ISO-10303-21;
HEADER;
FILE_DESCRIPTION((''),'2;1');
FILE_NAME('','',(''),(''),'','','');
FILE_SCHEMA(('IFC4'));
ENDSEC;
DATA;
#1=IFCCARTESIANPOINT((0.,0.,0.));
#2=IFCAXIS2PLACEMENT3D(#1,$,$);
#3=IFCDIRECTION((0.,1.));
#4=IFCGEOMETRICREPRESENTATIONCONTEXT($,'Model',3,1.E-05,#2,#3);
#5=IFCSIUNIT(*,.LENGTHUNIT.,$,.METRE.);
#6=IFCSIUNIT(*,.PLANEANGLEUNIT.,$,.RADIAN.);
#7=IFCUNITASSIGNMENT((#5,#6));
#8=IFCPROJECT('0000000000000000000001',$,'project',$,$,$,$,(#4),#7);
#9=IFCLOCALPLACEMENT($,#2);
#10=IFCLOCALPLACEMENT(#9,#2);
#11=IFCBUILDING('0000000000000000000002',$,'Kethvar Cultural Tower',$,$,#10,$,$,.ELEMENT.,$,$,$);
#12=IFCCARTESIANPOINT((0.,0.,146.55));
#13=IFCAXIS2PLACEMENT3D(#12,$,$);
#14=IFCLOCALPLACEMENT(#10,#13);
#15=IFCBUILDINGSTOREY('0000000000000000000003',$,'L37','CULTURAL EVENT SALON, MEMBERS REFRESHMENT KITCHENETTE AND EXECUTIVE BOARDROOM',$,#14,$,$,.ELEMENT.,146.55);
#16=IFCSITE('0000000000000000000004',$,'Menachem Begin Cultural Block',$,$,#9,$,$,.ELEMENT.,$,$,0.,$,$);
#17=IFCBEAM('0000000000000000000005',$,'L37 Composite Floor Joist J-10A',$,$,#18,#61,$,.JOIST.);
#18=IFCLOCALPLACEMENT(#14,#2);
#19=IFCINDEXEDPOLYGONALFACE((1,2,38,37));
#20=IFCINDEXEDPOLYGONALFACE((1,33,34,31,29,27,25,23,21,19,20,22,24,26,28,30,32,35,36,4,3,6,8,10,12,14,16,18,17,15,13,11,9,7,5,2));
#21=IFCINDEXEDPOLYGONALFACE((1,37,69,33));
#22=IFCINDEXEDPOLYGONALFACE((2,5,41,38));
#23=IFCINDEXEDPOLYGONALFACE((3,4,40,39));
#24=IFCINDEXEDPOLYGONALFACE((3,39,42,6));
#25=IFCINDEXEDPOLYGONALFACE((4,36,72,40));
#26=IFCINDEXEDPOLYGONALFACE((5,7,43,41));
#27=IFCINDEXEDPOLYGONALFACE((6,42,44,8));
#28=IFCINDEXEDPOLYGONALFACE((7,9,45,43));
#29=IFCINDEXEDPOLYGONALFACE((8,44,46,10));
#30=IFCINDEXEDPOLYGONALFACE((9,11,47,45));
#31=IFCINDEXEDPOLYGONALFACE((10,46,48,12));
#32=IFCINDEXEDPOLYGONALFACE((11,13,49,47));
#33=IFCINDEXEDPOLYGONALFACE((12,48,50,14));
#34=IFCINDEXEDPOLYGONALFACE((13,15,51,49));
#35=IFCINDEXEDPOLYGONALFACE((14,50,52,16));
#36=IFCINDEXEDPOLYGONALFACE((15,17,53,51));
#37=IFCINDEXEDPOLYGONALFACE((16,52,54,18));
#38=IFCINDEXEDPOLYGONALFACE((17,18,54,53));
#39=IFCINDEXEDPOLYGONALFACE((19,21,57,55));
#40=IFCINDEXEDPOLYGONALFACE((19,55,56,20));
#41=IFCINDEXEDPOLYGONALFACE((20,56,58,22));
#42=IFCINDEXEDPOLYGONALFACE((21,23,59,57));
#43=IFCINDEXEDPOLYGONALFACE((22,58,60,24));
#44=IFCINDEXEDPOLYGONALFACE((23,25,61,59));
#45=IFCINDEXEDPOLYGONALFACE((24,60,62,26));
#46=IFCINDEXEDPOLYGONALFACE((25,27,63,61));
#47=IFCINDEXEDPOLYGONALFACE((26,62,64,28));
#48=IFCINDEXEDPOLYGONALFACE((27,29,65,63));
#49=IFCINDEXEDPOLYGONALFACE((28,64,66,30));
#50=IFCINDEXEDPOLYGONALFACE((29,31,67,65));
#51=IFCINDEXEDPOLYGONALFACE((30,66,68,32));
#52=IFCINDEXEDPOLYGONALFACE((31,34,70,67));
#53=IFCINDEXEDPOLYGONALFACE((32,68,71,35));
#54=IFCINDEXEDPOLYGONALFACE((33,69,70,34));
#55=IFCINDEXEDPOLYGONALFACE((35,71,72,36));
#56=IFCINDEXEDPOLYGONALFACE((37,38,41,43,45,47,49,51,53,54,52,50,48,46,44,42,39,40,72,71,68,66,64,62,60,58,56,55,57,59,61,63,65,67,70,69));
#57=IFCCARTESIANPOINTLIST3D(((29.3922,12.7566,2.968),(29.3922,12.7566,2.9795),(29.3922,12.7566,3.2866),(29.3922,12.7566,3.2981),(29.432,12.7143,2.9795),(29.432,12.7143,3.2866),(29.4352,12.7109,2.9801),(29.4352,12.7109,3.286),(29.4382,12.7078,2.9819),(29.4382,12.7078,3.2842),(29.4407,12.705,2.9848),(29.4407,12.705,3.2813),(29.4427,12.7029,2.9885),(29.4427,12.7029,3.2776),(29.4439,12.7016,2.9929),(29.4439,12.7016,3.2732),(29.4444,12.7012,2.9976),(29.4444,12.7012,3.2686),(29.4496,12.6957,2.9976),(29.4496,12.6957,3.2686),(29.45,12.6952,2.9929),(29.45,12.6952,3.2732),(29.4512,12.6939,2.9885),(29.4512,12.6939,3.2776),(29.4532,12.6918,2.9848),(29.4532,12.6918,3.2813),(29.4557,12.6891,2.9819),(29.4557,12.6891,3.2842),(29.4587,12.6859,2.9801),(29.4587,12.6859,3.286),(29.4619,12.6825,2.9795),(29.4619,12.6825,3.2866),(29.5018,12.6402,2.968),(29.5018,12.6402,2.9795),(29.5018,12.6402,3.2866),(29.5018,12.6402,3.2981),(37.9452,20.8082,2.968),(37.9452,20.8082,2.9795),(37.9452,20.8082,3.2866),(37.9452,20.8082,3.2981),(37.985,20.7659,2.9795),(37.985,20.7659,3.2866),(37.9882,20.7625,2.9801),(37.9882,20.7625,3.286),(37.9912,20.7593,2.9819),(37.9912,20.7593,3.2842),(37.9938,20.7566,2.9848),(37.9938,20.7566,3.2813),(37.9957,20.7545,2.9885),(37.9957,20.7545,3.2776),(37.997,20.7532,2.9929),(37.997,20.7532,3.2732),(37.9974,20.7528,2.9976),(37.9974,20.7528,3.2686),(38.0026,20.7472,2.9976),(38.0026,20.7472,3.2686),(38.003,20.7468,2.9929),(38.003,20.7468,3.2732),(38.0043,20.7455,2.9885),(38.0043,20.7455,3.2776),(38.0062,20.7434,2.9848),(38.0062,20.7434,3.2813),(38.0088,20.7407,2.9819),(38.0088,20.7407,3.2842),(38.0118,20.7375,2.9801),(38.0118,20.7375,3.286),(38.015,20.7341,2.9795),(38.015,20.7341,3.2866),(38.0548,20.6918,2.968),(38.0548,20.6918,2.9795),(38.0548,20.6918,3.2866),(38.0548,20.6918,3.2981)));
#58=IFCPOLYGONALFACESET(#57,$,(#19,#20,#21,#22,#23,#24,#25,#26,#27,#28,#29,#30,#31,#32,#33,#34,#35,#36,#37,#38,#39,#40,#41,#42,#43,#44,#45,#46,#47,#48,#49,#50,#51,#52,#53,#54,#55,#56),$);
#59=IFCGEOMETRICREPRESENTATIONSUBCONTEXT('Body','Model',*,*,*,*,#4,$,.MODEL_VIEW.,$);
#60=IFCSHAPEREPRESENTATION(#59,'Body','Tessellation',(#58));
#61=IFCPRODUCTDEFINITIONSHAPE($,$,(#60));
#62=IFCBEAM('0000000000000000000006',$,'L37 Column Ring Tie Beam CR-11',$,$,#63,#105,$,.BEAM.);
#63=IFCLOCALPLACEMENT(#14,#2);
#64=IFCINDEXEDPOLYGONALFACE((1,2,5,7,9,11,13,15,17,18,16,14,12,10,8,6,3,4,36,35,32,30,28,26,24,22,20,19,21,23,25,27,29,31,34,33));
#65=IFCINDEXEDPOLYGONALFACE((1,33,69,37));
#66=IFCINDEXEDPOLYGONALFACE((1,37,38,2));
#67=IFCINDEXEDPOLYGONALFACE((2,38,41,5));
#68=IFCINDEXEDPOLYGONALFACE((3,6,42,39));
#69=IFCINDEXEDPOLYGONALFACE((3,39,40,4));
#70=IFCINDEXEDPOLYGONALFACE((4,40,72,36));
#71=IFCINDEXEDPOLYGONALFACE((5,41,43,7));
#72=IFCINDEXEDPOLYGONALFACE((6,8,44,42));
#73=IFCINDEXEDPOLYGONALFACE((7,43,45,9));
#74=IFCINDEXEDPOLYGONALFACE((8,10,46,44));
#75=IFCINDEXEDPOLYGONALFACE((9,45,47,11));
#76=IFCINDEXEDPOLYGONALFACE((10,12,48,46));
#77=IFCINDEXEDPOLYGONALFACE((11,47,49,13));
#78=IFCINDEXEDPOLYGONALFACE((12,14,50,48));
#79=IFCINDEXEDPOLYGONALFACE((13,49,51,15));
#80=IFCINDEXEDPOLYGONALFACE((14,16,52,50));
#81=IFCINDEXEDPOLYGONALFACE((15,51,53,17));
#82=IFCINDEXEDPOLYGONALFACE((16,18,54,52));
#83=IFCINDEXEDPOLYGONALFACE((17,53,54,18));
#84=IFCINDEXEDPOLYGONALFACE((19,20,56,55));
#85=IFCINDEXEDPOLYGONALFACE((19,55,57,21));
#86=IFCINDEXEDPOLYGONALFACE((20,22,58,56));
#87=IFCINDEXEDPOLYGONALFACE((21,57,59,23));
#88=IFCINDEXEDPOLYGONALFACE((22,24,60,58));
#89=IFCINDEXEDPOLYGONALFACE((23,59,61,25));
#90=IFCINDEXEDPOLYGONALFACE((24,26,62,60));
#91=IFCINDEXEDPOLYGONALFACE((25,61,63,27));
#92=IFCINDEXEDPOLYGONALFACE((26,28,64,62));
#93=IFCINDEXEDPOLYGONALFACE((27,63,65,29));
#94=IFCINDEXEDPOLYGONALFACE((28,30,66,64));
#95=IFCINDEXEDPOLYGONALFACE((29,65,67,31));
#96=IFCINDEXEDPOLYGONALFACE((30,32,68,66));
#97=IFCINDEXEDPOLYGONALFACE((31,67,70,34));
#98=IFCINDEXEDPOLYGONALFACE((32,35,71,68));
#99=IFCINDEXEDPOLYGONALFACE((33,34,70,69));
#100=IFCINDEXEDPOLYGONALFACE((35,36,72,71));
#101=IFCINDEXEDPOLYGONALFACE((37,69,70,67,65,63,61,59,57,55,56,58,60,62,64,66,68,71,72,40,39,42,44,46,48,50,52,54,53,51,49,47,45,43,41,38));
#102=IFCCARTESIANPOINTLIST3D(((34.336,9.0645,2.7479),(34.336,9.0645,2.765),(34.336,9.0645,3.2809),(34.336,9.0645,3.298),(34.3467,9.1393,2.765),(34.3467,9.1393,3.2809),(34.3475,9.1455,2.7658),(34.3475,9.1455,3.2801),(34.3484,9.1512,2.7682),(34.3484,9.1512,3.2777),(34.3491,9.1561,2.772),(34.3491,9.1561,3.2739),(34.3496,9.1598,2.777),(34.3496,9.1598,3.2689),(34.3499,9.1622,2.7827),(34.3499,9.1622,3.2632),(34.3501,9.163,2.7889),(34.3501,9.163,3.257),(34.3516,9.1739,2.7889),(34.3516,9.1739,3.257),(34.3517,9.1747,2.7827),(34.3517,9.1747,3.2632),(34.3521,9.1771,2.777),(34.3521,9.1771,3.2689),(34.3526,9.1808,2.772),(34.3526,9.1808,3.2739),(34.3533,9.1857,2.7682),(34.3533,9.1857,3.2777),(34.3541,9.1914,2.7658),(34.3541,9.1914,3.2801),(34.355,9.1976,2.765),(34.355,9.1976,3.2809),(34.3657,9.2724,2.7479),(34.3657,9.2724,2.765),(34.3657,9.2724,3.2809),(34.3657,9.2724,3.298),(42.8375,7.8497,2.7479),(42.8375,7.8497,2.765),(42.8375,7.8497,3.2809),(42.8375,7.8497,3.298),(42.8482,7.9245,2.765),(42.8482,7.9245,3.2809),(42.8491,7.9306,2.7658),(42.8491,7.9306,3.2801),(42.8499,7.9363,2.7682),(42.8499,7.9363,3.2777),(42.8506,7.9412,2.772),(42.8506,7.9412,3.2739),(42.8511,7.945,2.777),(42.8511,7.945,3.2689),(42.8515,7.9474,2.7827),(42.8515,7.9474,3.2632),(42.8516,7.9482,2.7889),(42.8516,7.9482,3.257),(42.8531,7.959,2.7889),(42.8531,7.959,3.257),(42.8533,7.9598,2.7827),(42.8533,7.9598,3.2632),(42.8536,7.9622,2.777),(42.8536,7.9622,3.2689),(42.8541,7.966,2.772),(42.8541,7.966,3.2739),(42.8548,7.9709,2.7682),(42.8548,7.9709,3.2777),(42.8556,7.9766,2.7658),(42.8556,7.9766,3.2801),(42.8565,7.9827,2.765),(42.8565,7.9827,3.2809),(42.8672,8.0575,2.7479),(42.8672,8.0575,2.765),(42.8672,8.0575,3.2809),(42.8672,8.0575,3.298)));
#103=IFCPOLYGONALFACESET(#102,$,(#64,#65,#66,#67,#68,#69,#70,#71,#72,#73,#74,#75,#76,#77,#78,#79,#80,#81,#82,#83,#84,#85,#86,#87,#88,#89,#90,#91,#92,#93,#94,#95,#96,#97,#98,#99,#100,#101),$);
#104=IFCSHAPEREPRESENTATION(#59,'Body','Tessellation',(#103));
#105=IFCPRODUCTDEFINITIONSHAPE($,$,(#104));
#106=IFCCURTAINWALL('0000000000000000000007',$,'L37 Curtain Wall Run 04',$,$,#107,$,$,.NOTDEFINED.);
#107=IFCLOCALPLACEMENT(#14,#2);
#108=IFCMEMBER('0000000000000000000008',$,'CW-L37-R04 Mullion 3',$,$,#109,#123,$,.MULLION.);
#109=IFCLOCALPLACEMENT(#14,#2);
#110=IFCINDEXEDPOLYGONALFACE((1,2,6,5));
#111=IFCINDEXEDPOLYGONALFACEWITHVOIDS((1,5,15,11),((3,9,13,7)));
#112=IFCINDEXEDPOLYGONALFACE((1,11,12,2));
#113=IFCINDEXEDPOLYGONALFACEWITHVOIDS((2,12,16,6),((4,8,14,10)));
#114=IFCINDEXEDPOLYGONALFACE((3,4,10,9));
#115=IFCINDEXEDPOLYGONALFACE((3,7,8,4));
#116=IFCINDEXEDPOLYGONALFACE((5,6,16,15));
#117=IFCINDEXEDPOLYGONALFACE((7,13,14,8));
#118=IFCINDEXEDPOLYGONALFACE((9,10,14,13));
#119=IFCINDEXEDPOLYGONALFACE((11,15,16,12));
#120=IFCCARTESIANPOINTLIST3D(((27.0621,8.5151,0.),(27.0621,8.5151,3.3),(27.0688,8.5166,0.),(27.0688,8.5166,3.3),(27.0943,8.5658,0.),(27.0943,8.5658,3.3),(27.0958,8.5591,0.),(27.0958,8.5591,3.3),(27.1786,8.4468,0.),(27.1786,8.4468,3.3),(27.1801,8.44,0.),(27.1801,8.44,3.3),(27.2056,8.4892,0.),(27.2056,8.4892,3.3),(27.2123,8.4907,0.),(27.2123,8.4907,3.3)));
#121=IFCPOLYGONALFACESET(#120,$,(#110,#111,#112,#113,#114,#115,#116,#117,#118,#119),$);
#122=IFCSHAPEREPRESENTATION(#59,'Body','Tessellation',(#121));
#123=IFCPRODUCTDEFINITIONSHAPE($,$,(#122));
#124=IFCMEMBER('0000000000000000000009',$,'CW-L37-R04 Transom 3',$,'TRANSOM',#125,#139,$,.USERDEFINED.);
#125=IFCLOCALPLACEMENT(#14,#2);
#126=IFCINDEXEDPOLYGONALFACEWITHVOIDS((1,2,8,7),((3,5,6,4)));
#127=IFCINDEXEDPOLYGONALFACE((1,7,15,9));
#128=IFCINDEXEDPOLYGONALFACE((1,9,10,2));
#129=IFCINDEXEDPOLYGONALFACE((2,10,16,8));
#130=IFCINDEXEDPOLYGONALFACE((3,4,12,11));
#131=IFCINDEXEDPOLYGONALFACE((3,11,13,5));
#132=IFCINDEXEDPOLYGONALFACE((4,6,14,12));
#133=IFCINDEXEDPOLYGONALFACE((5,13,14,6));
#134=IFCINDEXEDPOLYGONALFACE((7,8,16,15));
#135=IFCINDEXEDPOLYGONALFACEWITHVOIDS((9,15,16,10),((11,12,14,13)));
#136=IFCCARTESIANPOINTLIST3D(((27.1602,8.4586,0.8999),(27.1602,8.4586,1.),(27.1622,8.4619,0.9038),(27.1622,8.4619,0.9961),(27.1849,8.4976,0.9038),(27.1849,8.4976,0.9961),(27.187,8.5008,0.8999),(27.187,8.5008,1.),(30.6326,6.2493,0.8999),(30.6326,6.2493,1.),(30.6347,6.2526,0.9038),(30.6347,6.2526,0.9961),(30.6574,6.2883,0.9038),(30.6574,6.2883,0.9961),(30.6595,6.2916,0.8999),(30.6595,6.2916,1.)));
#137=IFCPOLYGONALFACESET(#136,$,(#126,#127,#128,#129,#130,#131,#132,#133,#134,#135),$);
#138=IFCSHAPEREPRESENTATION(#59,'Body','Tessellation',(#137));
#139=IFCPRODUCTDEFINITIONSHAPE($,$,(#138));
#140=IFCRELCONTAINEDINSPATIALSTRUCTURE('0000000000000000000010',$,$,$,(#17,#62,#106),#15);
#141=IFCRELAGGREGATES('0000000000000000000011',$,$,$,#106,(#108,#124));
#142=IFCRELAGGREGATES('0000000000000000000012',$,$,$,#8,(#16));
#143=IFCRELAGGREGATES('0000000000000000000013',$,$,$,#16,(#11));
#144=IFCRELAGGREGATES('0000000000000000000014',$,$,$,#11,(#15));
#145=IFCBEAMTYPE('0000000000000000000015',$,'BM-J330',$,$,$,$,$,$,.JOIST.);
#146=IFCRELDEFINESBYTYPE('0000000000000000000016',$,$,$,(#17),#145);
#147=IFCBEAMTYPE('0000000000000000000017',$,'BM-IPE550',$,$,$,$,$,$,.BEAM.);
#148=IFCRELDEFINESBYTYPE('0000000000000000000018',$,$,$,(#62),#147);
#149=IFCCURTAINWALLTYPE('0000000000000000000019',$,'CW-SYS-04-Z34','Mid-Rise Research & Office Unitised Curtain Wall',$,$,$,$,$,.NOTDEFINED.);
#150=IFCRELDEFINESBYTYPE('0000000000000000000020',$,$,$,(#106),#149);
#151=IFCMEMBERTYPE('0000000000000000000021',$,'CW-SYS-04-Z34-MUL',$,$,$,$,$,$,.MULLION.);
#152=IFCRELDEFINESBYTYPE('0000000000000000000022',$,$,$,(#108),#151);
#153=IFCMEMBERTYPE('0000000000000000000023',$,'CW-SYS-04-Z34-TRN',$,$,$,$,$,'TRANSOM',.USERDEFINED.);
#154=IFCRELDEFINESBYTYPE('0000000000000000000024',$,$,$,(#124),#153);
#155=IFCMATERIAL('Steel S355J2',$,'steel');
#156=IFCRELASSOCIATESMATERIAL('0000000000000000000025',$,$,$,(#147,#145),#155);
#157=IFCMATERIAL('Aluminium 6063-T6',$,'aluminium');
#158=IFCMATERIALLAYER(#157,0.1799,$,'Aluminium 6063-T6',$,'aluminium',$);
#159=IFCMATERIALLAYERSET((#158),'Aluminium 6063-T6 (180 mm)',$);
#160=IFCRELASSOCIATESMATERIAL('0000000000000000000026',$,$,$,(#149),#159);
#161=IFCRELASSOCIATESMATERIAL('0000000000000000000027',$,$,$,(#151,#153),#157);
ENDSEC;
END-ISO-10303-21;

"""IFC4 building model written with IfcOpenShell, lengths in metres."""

from ifc_helpers import new_model, si_unit, direction, frame, origin, origin_2d, place, context, subcontext, project, spatial, hollow_rectangle, i_section, extrude, source, transform, mapped, material, layer, layer_set, material_profile, profile_set, type_object, element, aggregate, save


model = new_model("IFC4")

# Units and contexts
model_context = context("Model", 3, precision=1e-05, world=origin(), true_north=direction((0.0, 1.0)))
body_context = subcontext(model_context, "Body", "Model", "MODEL_VIEW")
ifc_project = project(units=[si_unit("LENGTHUNIT", "METRE"), si_unit("PLANEANGLEUNIT", "RADIAN")], contexts=[model_context])

# Site, building, storey
site_placement = place(None, origin())
site = spatial("IfcSite", under=ifc_project, at=site_placement, Name="Menachem Begin Cultural Block", CompositionType="ELEMENT", RefElevation=0.0)
building_placement = place(site_placement, origin())
building = spatial("IfcBuilding", under=site, at=building_placement, Name="Kethvar Cultural Tower", CompositionType="ELEMENT")
storey_placement = place(building_placement, frame((0.0, 0.0, 146.55)))
storey = spatial("IfcBuildingStorey", under=building, at=storey_placement, Name="L37", Description="CULTURAL EVENT SALON, MEMBERS REFRESHMENT KITCHENETTE AND EXECUTIVE BOARDROOM", CompositionType="ELEMENT", Elevation=146.55)

# Beams
ifc_material_1 = material(Name="Steel S355J2", Category="steel")
ifc_material_profile_1 = material_profile(ifc_material_1, i_section(OverallWidth=0.21, OverallDepth=0.55, WebThickness=0.011, FlangeThickness=0.0171, FilletRadius=0.0239, at=origin_2d()), Name="Steel S355J2 — IPE550")
ifc_profile_set_1 = profile_set([ifc_material_profile_1], Name="Steel S355J2 — IPE550")
beam_type_1 = type_object("IfcBeamType", Name="BM-IPE550", PredefinedType="BEAM", material=ifc_profile_set_1)
ifc_material_profile_2 = material_profile(ifc_material_1, i_section(OverallWidth=0.1599, OverallDepth=0.3301, WebThickness=0.0076, FlangeThickness=0.0115, FilletRadius=0.0181, at=origin_2d()), Name="Steel S355J2 — IPE330")
ifc_profile_set_2 = profile_set([ifc_material_profile_2], Name="Steel S355J2 — IPE330")
beam_type_2 = type_object("IfcBeamType", Name="BM-J330", PredefinedType="JOIST", material=ifc_profile_set_2)
shared_shape_1 = source(origin(), body_context, "Body", "SweptSolid", [
    extrude(i_section(OverallWidth=0.1599, OverallDepth=0.3301, WebThickness=0.0076, FlangeThickness=0.0115, FilletRadius=0.0181, at=origin_2d()), origin(), (0.0, 0.0, 1.0), 11.7466),
])
beam_1_placement = place(storey_placement, frame((38.0, 20.75, 3.1331), z_axis=(-0.72813, -0.685439, 0.0), x_axis=(0.685439, -0.72813, 0.0)))
element("IfcBeam", 1, at=beam_1_placement, inside=storey, type_object=beam_type_2, Name="L37 Composite Floor Joist J-10A", PredefinedType="JOIST", context=body_context, shape_type="MappedRepresentation", body=[
    mapped(shared_shape_1, transform((0.0, 0.0, 0.0), scale=1.0)),
])
shared_shape_2 = source(origin(), body_context, "Body", "SweptSolid", [
    extrude(i_section(OverallWidth=0.21, OverallDepth=0.55, WebThickness=0.011, FlangeThickness=0.0171, FilletRadius=0.0239, at=origin_2d()), origin(), (0.0, 0.0, 1.0), 8.5879),
])
beam_2_placement = place(storey_placement, frame((34.3508, 9.1685, 3.0229), z_axis=(0.989944, -0.141461, 0.0), x_axis=(0.141461, 0.989944, 0.0)))
element("IfcBeam", 2, at=beam_2_placement, inside=storey, type_object=beam_type_1, Name="L37 Column Ring Tie Beam CR-11", PredefinedType="BEAM", context=body_context, shape_type="MappedRepresentation", body=[
    mapped(shared_shape_2, transform((0.0, 0.0, 0.0), scale=1.0)),
])

# Curtain wall, members
ifc_material_2 = material(Name="Aluminium 6063-T6", Category="aluminium")
ifc_layer_1 = layer(ifc_material_2, 0.1799, Name="Aluminium 6063-T6", Category="aluminium")
ifc_layer_set_1 = layer_set([ifc_layer_1], Name="Aluminium 6063-T6 (180 mm)")
curtain_wall_type = type_object("IfcCurtainWallType", Name="CW-SYS-04-Z34", Description="Mid-Rise Research & Office Unitised Curtain Wall", PredefinedType="NOTDEFINED", material=ifc_layer_set_1)
curtain_wall_placement = place(storey_placement, origin())
curtain_wall = element("IfcCurtainWall", 3, at=curtain_wall_placement, inside=storey, type_object=curtain_wall_type, Name="L37 Curtain Wall Run 04", PredefinedType="NOTDEFINED")
ifc_material_profile_3 = material_profile(ifc_material_2, hollow_rectangle(XDim=0.0601, YDim=0.1399, WallThickness=0.0049, at=origin_2d()), Name="Aluminium 6063-T6 — RHS140x60x5")
ifc_profile_set_3 = profile_set([ifc_material_profile_3], Name="Aluminium 6063-T6 — RHS140x60x5")
member_type_1 = type_object("IfcMemberType", Name="CW-SYS-04-Z34-MUL", PredefinedType="MULLION", material=ifc_profile_set_3)
shared_shape_3 = source(origin(), body_context, "Body", "SweptSolid", [
    extrude(hollow_rectangle(XDim=0.0601, YDim=0.1399, WallThickness=0.0049, at=origin_2d()), origin(), (0.0, 0.0, 1.0), 3.3),
])
member_1_placement = place(storey_placement, frame((27.1372, 8.5029, 0.0), z_axis=(0.0, 0.0, 1.0), x_axis=(0.536828, 0.843691, 0.0)))
member_1 = element("IfcMember", 4, at=member_1_placement, type_object=member_type_1, Name="CW-L37-R04 Mullion 3", PredefinedType="MULLION", context=body_context, shape_type="MappedRepresentation", body=[
    mapped(shared_shape_3, transform((0.0, 0.0, 0.0), scale=1.0)),
])
ifc_material_profile_4 = material_profile(ifc_material_2, hollow_rectangle(XDim=0.05, YDim=0.1001, WallThickness=0.0039, at=origin_2d()), Name="Aluminium 6063-T6 — RHS100x50x4")
ifc_profile_set_4 = profile_set([ifc_material_profile_4], Name="Aluminium 6063-T6 — RHS100x50x4")
member_type_2 = type_object("IfcMemberType", Name="CW-SYS-04-Z34-TRN", ElementType="TRANSOM", PredefinedType="USERDEFINED", material=ifc_profile_set_4)
shared_shape_4 = source(origin(), body_context, "Body", "SweptSolid", [
    extrude(hollow_rectangle(XDim=0.05, YDim=0.1001, WallThickness=0.0039, at=origin_2d()), origin(), (0.0, 0.0, 1.0), 4.1157),
])
member_2_placement = place(storey_placement, frame((27.1736, 8.4797, 0.95), z_axis=(0.843715, -0.536791, 0.0), x_axis=(0.536791, 0.843715, 0.0)))
member_2 = element("IfcMember", 5, at=member_2_placement, type_object=member_type_2, Name="CW-L37-R04 Transom 3", ObjectType="TRANSOM", PredefinedType="USERDEFINED", context=body_context, shape_type="MappedRepresentation", body=[
    mapped(shared_shape_4, transform((0.0, 0.0, 0.0), scale=1.0)),
])
aggregate(curtain_wall, [member_1, member_2])

save(model, "model.ifc")
